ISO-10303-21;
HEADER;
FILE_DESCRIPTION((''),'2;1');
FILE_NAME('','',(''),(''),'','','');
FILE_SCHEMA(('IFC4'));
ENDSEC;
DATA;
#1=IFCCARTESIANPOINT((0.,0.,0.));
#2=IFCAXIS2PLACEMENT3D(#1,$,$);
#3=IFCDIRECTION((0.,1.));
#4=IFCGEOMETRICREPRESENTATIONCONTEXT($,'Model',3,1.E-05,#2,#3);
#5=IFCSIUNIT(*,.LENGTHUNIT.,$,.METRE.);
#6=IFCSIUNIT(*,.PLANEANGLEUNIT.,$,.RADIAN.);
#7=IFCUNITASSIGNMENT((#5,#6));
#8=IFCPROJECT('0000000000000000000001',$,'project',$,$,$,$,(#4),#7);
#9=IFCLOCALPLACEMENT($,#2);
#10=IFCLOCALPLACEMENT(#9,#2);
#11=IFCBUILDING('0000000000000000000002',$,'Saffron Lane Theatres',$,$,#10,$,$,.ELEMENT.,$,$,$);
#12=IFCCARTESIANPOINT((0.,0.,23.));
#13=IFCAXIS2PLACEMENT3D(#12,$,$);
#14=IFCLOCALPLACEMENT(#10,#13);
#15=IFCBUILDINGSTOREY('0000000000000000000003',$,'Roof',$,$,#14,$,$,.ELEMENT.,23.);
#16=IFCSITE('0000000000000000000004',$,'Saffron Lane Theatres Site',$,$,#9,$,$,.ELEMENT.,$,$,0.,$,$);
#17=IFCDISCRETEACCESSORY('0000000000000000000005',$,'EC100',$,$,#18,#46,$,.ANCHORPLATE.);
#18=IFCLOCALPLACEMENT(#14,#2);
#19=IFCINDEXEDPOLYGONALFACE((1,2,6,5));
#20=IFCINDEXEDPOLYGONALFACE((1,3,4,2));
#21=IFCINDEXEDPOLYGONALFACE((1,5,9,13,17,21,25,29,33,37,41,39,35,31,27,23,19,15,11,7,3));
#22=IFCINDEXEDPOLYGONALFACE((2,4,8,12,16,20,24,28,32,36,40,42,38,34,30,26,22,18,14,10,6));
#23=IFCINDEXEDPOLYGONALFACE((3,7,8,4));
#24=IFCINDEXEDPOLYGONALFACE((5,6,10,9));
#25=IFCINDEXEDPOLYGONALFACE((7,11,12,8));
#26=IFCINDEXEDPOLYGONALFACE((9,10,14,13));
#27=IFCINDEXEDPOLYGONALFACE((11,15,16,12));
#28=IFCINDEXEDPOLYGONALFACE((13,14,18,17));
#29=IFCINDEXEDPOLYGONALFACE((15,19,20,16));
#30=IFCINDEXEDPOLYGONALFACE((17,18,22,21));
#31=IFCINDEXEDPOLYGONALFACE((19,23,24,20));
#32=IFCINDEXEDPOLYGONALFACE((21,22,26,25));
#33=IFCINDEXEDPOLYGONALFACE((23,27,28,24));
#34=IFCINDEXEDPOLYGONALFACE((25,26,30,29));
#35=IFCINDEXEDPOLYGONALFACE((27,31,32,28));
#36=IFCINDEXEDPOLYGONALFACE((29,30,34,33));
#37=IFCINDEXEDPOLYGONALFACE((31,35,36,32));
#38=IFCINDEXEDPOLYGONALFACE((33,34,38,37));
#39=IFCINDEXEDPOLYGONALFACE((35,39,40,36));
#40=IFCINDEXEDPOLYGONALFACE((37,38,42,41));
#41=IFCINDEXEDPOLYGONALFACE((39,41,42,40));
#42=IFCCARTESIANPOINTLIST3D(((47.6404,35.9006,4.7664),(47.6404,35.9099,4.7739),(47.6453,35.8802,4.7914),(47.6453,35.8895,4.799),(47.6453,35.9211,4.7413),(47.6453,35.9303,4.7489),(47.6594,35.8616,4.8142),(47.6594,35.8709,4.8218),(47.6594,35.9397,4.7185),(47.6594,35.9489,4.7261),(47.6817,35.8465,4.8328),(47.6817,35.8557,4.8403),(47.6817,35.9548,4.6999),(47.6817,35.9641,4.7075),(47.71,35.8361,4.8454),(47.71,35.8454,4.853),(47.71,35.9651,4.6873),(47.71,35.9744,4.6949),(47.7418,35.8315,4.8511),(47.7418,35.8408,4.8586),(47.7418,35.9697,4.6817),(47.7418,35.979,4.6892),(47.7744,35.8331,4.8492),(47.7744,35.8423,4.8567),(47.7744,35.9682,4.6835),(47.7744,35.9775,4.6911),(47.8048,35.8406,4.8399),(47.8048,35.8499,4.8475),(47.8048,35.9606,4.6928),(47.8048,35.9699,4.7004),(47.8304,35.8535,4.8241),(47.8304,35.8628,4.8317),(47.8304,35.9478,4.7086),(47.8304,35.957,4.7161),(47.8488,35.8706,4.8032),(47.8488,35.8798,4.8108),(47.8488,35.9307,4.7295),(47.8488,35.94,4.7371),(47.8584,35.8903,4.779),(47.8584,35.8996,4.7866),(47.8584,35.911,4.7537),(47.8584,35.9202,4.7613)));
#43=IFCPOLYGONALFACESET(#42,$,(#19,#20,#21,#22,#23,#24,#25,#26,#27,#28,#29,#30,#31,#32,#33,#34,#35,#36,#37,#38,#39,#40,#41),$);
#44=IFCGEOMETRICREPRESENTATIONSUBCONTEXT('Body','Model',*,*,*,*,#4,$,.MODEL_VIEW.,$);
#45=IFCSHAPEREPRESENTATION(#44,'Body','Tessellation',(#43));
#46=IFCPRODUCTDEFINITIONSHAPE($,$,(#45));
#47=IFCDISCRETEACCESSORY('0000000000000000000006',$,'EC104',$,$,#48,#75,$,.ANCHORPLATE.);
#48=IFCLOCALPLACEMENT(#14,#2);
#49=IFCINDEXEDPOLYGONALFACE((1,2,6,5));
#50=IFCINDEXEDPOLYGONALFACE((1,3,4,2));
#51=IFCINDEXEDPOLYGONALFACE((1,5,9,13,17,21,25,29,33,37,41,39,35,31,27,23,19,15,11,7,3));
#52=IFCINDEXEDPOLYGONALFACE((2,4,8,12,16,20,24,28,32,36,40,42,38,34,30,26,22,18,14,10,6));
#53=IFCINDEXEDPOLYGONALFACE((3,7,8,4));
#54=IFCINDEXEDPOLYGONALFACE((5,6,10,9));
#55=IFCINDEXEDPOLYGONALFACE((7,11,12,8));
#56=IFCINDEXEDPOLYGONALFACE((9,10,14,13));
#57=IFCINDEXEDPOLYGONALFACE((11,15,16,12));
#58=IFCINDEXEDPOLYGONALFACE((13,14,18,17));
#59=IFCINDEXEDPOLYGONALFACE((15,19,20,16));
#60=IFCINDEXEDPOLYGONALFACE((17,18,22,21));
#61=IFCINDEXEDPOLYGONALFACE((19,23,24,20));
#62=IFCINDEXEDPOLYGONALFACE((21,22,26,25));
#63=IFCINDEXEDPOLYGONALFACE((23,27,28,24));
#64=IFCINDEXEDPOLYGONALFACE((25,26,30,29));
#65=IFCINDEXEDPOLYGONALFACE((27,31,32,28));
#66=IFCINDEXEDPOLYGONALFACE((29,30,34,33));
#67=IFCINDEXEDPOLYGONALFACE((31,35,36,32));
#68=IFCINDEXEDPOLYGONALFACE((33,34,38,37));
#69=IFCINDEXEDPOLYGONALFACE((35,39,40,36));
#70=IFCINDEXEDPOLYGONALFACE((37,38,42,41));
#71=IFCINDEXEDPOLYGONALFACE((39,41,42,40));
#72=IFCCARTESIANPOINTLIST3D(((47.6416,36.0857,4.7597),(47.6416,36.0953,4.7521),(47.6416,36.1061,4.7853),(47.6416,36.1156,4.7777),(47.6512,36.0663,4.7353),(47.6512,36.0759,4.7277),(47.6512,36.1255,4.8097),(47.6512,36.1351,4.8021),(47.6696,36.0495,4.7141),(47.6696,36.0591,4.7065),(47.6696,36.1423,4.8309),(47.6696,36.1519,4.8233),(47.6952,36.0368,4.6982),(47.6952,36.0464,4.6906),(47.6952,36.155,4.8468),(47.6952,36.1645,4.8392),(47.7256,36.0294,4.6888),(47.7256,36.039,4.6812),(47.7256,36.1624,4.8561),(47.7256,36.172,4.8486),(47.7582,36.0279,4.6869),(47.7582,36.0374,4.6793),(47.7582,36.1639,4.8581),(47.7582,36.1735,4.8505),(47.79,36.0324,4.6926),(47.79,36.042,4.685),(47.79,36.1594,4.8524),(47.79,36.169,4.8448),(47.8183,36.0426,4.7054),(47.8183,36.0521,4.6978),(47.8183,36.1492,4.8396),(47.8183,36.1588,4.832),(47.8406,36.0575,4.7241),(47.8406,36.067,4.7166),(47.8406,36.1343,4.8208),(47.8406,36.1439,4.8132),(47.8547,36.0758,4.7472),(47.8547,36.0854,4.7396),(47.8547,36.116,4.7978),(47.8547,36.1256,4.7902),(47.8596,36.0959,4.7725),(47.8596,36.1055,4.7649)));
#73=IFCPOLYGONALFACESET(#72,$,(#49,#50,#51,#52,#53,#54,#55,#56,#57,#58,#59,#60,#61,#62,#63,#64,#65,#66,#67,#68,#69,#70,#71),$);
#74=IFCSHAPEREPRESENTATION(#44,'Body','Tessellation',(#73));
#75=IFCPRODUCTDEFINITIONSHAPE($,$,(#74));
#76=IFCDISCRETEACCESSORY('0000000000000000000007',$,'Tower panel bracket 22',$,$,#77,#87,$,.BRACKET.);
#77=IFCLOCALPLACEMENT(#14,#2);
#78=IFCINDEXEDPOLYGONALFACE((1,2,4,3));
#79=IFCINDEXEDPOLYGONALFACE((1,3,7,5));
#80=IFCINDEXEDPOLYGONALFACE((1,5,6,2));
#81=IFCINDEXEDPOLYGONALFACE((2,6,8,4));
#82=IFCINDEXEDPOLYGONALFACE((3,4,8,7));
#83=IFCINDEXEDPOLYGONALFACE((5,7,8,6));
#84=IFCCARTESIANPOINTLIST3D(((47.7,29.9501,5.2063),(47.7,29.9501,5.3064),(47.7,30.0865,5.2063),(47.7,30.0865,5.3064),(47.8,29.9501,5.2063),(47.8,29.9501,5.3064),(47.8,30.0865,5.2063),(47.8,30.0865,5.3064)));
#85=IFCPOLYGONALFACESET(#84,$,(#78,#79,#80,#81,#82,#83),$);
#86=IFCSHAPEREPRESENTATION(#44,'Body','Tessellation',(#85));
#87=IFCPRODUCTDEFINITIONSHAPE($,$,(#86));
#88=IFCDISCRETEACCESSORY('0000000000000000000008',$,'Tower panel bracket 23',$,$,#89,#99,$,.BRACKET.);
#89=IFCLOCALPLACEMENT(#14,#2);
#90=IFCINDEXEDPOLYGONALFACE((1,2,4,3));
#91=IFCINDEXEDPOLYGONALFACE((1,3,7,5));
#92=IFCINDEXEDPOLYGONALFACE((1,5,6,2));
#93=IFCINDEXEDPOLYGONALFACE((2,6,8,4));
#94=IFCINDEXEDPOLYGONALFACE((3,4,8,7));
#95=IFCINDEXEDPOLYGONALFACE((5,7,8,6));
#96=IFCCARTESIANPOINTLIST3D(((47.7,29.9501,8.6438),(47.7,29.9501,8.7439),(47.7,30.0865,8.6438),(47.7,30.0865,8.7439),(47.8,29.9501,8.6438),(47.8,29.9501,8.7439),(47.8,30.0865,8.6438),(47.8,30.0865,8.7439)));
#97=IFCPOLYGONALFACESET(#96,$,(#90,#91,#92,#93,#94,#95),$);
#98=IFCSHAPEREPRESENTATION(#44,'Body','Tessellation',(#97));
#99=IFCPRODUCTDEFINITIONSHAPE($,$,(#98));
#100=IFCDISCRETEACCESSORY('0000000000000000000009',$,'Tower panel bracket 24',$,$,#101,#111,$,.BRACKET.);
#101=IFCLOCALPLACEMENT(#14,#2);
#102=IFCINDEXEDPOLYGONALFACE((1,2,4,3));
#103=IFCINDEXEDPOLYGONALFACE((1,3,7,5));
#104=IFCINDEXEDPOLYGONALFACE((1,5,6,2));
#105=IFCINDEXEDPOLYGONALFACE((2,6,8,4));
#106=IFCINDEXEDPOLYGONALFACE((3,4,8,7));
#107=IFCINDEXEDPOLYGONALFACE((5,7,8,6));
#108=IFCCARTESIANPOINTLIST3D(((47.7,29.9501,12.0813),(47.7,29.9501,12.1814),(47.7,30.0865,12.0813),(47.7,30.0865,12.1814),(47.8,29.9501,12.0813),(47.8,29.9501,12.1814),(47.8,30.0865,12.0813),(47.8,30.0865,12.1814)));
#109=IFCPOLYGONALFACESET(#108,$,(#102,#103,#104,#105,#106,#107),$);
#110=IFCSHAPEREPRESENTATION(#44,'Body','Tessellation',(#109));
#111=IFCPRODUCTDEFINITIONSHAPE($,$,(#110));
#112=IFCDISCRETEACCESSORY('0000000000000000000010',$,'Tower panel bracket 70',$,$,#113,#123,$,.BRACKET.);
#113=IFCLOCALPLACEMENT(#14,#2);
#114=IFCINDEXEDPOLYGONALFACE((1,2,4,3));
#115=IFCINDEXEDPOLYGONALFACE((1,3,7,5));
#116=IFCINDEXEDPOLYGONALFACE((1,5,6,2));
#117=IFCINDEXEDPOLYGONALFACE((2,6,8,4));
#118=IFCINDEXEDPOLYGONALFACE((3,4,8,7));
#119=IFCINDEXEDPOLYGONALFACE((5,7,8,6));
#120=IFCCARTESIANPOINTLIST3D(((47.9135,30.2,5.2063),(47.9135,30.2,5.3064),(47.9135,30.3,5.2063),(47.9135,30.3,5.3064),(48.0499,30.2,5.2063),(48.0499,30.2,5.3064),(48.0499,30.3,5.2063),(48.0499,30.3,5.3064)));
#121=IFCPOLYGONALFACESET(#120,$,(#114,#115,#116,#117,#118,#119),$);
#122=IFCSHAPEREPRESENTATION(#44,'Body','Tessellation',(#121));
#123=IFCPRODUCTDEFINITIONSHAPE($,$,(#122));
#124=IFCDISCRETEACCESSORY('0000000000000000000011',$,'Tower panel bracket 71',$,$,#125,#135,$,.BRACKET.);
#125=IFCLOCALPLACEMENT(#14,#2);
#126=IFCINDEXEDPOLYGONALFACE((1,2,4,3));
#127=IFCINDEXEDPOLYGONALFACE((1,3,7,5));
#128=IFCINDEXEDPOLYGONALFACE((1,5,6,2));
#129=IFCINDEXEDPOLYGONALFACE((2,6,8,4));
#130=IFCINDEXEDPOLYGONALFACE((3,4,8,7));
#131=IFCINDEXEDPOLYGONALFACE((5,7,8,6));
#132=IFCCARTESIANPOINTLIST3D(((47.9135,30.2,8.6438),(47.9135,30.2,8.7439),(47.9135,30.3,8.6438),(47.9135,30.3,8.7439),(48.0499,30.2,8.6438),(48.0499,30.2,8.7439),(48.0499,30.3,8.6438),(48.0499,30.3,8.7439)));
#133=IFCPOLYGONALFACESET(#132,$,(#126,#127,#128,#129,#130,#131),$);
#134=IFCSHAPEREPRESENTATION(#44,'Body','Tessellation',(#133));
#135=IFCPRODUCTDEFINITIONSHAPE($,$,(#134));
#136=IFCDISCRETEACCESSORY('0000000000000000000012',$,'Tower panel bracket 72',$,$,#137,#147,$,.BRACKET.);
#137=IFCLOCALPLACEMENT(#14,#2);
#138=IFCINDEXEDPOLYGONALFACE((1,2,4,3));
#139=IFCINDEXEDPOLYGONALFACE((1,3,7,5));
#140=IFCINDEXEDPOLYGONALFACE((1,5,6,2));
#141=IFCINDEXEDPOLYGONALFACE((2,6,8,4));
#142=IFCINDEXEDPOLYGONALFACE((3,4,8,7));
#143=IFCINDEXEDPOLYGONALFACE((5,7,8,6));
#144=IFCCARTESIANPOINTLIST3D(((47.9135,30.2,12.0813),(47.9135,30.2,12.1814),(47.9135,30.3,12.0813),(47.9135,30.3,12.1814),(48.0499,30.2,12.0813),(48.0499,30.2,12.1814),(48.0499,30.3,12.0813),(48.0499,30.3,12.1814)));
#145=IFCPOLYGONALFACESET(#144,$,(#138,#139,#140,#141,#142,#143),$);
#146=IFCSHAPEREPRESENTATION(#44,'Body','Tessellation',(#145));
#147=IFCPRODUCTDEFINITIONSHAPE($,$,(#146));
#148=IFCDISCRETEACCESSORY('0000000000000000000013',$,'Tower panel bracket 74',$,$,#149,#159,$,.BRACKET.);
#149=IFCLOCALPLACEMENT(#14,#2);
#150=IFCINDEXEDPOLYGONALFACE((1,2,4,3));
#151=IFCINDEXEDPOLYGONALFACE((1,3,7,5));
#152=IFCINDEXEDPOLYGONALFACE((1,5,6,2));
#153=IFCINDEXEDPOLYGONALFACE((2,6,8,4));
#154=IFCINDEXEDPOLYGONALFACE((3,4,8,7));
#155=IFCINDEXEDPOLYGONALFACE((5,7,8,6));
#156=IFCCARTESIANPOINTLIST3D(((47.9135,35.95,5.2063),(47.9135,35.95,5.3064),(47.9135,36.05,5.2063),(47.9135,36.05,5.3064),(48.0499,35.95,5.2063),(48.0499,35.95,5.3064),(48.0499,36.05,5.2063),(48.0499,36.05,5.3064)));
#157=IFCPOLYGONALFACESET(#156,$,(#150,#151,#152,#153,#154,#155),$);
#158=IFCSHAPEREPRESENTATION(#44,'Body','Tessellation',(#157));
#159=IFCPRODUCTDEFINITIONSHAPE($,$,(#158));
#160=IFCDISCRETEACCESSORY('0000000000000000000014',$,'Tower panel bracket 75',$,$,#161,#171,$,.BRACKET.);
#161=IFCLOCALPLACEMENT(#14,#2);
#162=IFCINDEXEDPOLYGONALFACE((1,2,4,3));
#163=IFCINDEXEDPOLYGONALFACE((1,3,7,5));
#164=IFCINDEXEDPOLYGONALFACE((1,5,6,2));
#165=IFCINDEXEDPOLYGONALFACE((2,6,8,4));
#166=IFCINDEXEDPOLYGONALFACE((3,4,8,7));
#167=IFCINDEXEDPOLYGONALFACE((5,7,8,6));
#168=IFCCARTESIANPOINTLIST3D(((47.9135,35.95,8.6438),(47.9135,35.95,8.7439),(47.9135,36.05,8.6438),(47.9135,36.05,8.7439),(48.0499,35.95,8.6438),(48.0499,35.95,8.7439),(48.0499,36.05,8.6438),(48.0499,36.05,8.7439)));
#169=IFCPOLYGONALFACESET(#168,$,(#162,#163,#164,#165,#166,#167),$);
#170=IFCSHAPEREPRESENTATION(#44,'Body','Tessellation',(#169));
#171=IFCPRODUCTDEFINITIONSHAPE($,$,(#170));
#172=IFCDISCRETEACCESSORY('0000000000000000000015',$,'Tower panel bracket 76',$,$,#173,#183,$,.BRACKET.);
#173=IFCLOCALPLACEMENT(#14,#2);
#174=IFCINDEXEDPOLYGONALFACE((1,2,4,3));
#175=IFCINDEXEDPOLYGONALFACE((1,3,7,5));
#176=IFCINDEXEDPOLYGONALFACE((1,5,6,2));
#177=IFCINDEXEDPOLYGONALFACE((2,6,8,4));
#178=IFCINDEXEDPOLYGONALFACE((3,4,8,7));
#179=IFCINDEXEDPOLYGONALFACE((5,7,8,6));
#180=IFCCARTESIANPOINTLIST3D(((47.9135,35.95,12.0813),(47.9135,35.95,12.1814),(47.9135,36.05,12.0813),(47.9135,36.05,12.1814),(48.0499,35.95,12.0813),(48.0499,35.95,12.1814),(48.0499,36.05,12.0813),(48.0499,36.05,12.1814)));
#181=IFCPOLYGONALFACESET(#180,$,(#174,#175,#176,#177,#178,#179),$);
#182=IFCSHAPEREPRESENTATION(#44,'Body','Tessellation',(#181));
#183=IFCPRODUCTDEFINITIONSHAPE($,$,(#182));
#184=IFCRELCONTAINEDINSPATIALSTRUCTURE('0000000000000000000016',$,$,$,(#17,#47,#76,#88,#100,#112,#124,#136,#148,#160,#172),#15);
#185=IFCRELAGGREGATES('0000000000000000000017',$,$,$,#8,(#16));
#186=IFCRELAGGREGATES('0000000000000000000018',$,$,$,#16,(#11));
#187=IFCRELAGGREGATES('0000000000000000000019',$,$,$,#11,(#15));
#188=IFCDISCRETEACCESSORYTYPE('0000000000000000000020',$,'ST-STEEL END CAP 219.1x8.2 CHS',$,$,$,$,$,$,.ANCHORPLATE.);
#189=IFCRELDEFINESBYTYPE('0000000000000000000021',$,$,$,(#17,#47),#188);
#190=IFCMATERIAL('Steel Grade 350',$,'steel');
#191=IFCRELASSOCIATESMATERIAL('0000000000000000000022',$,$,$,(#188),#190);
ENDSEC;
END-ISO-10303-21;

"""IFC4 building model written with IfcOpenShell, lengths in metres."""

from ifc_helpers import new_model, si_unit, direction, frame, origin, origin_2d, place, context, subcontext, project, spatial, rectangle, circle, extrude, material, material_profile, profile_set, type_object, element, save


model = new_model("IFC4")

# Units and contexts
model_context = context("Model", 3, precision=1e-05, world=origin(), true_north=direction((0.0, 1.0)))
body_context = subcontext(model_context, "Body", "Model", "MODEL_VIEW")
ifc_project = project(units=[si_unit("LENGTHUNIT", "METRE"), si_unit("PLANEANGLEUNIT", "RADIAN")], contexts=[model_context])

# Site, building, storey
site_placement = place(None, origin())
site = spatial("IfcSite", under=ifc_project, at=site_placement, Name="Saffron Lane Theatres Site", CompositionType="ELEMENT", RefElevation=0.0)
building_placement = place(site_placement, origin())
building = spatial("IfcBuilding", under=site, at=building_placement, Name="Saffron Lane Theatres", CompositionType="ELEMENT")
storey_placement = place(building_placement, frame((0.0, 0.0, 23.0)))
storey = spatial("IfcBuildingStorey", under=building, at=storey_placement, Name="Roof", CompositionType="ELEMENT", Elevation=23.0)

# Discrete accessories
ifc_material_1 = material(Name="Steel Grade 350", Category="steel")
ifc_material_profile_1 = material_profile(ifc_material_1, circle(Radius=0.1096, at=origin_2d()))
ifc_profile_set_1 = profile_set([ifc_material_profile_1], Name="Steel Grade 350")
discrete_accessory_type_1 = type_object("IfcDiscreteAccessoryType", Name="ST-STEEL END CAP 219.1x8.2 CHS", PredefinedType="ANCHORPLATE", material=ifc_profile_set_1)
for number, where, z_axis, x_axis, name in (
    (1, (47.75, 35.9006, 4.7664), (0.0, 0.774865, 0.632127), (-1.0, 0.0, 0.0), "EC100"),
):
    element("IfcDiscreteAccessory", number, at=place(storey_placement, frame(where, z_axis=z_axis, x_axis=x_axis)), inside=storey, type_object=discrete_accessory_type_1, Name=name, PredefinedType="ANCHORPLATE", context=body_context, shape_type="SweptSolid", body=[
        extrude(circle(Radius=0.1096, at=origin_2d()), origin(), (0.0, 0.0, 1.0), 0.012),
    ])
discrete_accessory_placement = place(storey_placement, frame((47.75, 36.1055, 4.7649), z_axis=(0.0, -0.782823, 0.622244), x_axis=(1.0, 0.0, 0.0)))
element("IfcDiscreteAccessory", 2, at=discrete_accessory_placement, inside=storey, type_object=discrete_accessory_type_1, Name="EC104", PredefinedType="ANCHORPLATE", context=body_context, shape_type="SweptSolid", body=[
    extrude(circle(Radius=0.1096, at=origin_2d()), origin(), (0.0, 0.0, 1.0), 0.0122),
])
for number, where, z_axis, x_axis, name in (
    (3, (47.75, 30.0183, 5.2063), (0.0, 0.0, 1.0), (1.0, 0.0, 0.0), "Tower panel bracket 22"),
    (4, (47.75, 30.0183, 8.6438), (0.0, 0.0, 1.0), (1.0, 0.0, 0.0), "Tower panel bracket 23"),
    (5, (47.75, 30.0183, 12.0813), (0.0, 0.0, 1.0), (1.0, 0.0, 0.0), "Tower panel bracket 24"),
    (6, (47.9817, 30.25, 5.2063), (0.0, 0.0, 1.0), (0.0, 1.0, 0.0), "Tower panel bracket 70"),
    (7, (47.9817, 30.25, 8.6438), (0.0, 0.0, 1.0), (0.0, 1.0, 0.0), "Tower panel bracket 71"),
    (8, (47.9817, 30.25, 12.0813), (0.0, 0.0, 1.0), (0.0, 1.0, 0.0), "Tower panel bracket 72"),
    (9, (47.9817, 36.0, 5.2063), (0.0, 0.0, 1.0), (0.0, 1.0, 0.0), "Tower panel bracket 74"),
    (10, (47.9817, 36.0, 8.6438), (0.0, 0.0, 1.0), (0.0, 1.0, 0.0), "Tower panel bracket 75"),
    (11, (47.9817, 36.0, 12.0813), (0.0, 0.0, 1.0), (0.0, 1.0, 0.0), "Tower panel bracket 76"),
):
    element("IfcDiscreteAccessory", number, at=place(storey_placement, frame(where, z_axis=z_axis, x_axis=x_axis)), inside=storey, Name=name, PredefinedType="BRACKET", context=body_context, shape_type="SweptSolid", body=[
        extrude(rectangle(XDim=0.1001, YDim=0.1365, at=origin_2d()), origin(), (0.0, 0.0, 1.0), 0.1001),
    ])

save(model, "model.ifc")
